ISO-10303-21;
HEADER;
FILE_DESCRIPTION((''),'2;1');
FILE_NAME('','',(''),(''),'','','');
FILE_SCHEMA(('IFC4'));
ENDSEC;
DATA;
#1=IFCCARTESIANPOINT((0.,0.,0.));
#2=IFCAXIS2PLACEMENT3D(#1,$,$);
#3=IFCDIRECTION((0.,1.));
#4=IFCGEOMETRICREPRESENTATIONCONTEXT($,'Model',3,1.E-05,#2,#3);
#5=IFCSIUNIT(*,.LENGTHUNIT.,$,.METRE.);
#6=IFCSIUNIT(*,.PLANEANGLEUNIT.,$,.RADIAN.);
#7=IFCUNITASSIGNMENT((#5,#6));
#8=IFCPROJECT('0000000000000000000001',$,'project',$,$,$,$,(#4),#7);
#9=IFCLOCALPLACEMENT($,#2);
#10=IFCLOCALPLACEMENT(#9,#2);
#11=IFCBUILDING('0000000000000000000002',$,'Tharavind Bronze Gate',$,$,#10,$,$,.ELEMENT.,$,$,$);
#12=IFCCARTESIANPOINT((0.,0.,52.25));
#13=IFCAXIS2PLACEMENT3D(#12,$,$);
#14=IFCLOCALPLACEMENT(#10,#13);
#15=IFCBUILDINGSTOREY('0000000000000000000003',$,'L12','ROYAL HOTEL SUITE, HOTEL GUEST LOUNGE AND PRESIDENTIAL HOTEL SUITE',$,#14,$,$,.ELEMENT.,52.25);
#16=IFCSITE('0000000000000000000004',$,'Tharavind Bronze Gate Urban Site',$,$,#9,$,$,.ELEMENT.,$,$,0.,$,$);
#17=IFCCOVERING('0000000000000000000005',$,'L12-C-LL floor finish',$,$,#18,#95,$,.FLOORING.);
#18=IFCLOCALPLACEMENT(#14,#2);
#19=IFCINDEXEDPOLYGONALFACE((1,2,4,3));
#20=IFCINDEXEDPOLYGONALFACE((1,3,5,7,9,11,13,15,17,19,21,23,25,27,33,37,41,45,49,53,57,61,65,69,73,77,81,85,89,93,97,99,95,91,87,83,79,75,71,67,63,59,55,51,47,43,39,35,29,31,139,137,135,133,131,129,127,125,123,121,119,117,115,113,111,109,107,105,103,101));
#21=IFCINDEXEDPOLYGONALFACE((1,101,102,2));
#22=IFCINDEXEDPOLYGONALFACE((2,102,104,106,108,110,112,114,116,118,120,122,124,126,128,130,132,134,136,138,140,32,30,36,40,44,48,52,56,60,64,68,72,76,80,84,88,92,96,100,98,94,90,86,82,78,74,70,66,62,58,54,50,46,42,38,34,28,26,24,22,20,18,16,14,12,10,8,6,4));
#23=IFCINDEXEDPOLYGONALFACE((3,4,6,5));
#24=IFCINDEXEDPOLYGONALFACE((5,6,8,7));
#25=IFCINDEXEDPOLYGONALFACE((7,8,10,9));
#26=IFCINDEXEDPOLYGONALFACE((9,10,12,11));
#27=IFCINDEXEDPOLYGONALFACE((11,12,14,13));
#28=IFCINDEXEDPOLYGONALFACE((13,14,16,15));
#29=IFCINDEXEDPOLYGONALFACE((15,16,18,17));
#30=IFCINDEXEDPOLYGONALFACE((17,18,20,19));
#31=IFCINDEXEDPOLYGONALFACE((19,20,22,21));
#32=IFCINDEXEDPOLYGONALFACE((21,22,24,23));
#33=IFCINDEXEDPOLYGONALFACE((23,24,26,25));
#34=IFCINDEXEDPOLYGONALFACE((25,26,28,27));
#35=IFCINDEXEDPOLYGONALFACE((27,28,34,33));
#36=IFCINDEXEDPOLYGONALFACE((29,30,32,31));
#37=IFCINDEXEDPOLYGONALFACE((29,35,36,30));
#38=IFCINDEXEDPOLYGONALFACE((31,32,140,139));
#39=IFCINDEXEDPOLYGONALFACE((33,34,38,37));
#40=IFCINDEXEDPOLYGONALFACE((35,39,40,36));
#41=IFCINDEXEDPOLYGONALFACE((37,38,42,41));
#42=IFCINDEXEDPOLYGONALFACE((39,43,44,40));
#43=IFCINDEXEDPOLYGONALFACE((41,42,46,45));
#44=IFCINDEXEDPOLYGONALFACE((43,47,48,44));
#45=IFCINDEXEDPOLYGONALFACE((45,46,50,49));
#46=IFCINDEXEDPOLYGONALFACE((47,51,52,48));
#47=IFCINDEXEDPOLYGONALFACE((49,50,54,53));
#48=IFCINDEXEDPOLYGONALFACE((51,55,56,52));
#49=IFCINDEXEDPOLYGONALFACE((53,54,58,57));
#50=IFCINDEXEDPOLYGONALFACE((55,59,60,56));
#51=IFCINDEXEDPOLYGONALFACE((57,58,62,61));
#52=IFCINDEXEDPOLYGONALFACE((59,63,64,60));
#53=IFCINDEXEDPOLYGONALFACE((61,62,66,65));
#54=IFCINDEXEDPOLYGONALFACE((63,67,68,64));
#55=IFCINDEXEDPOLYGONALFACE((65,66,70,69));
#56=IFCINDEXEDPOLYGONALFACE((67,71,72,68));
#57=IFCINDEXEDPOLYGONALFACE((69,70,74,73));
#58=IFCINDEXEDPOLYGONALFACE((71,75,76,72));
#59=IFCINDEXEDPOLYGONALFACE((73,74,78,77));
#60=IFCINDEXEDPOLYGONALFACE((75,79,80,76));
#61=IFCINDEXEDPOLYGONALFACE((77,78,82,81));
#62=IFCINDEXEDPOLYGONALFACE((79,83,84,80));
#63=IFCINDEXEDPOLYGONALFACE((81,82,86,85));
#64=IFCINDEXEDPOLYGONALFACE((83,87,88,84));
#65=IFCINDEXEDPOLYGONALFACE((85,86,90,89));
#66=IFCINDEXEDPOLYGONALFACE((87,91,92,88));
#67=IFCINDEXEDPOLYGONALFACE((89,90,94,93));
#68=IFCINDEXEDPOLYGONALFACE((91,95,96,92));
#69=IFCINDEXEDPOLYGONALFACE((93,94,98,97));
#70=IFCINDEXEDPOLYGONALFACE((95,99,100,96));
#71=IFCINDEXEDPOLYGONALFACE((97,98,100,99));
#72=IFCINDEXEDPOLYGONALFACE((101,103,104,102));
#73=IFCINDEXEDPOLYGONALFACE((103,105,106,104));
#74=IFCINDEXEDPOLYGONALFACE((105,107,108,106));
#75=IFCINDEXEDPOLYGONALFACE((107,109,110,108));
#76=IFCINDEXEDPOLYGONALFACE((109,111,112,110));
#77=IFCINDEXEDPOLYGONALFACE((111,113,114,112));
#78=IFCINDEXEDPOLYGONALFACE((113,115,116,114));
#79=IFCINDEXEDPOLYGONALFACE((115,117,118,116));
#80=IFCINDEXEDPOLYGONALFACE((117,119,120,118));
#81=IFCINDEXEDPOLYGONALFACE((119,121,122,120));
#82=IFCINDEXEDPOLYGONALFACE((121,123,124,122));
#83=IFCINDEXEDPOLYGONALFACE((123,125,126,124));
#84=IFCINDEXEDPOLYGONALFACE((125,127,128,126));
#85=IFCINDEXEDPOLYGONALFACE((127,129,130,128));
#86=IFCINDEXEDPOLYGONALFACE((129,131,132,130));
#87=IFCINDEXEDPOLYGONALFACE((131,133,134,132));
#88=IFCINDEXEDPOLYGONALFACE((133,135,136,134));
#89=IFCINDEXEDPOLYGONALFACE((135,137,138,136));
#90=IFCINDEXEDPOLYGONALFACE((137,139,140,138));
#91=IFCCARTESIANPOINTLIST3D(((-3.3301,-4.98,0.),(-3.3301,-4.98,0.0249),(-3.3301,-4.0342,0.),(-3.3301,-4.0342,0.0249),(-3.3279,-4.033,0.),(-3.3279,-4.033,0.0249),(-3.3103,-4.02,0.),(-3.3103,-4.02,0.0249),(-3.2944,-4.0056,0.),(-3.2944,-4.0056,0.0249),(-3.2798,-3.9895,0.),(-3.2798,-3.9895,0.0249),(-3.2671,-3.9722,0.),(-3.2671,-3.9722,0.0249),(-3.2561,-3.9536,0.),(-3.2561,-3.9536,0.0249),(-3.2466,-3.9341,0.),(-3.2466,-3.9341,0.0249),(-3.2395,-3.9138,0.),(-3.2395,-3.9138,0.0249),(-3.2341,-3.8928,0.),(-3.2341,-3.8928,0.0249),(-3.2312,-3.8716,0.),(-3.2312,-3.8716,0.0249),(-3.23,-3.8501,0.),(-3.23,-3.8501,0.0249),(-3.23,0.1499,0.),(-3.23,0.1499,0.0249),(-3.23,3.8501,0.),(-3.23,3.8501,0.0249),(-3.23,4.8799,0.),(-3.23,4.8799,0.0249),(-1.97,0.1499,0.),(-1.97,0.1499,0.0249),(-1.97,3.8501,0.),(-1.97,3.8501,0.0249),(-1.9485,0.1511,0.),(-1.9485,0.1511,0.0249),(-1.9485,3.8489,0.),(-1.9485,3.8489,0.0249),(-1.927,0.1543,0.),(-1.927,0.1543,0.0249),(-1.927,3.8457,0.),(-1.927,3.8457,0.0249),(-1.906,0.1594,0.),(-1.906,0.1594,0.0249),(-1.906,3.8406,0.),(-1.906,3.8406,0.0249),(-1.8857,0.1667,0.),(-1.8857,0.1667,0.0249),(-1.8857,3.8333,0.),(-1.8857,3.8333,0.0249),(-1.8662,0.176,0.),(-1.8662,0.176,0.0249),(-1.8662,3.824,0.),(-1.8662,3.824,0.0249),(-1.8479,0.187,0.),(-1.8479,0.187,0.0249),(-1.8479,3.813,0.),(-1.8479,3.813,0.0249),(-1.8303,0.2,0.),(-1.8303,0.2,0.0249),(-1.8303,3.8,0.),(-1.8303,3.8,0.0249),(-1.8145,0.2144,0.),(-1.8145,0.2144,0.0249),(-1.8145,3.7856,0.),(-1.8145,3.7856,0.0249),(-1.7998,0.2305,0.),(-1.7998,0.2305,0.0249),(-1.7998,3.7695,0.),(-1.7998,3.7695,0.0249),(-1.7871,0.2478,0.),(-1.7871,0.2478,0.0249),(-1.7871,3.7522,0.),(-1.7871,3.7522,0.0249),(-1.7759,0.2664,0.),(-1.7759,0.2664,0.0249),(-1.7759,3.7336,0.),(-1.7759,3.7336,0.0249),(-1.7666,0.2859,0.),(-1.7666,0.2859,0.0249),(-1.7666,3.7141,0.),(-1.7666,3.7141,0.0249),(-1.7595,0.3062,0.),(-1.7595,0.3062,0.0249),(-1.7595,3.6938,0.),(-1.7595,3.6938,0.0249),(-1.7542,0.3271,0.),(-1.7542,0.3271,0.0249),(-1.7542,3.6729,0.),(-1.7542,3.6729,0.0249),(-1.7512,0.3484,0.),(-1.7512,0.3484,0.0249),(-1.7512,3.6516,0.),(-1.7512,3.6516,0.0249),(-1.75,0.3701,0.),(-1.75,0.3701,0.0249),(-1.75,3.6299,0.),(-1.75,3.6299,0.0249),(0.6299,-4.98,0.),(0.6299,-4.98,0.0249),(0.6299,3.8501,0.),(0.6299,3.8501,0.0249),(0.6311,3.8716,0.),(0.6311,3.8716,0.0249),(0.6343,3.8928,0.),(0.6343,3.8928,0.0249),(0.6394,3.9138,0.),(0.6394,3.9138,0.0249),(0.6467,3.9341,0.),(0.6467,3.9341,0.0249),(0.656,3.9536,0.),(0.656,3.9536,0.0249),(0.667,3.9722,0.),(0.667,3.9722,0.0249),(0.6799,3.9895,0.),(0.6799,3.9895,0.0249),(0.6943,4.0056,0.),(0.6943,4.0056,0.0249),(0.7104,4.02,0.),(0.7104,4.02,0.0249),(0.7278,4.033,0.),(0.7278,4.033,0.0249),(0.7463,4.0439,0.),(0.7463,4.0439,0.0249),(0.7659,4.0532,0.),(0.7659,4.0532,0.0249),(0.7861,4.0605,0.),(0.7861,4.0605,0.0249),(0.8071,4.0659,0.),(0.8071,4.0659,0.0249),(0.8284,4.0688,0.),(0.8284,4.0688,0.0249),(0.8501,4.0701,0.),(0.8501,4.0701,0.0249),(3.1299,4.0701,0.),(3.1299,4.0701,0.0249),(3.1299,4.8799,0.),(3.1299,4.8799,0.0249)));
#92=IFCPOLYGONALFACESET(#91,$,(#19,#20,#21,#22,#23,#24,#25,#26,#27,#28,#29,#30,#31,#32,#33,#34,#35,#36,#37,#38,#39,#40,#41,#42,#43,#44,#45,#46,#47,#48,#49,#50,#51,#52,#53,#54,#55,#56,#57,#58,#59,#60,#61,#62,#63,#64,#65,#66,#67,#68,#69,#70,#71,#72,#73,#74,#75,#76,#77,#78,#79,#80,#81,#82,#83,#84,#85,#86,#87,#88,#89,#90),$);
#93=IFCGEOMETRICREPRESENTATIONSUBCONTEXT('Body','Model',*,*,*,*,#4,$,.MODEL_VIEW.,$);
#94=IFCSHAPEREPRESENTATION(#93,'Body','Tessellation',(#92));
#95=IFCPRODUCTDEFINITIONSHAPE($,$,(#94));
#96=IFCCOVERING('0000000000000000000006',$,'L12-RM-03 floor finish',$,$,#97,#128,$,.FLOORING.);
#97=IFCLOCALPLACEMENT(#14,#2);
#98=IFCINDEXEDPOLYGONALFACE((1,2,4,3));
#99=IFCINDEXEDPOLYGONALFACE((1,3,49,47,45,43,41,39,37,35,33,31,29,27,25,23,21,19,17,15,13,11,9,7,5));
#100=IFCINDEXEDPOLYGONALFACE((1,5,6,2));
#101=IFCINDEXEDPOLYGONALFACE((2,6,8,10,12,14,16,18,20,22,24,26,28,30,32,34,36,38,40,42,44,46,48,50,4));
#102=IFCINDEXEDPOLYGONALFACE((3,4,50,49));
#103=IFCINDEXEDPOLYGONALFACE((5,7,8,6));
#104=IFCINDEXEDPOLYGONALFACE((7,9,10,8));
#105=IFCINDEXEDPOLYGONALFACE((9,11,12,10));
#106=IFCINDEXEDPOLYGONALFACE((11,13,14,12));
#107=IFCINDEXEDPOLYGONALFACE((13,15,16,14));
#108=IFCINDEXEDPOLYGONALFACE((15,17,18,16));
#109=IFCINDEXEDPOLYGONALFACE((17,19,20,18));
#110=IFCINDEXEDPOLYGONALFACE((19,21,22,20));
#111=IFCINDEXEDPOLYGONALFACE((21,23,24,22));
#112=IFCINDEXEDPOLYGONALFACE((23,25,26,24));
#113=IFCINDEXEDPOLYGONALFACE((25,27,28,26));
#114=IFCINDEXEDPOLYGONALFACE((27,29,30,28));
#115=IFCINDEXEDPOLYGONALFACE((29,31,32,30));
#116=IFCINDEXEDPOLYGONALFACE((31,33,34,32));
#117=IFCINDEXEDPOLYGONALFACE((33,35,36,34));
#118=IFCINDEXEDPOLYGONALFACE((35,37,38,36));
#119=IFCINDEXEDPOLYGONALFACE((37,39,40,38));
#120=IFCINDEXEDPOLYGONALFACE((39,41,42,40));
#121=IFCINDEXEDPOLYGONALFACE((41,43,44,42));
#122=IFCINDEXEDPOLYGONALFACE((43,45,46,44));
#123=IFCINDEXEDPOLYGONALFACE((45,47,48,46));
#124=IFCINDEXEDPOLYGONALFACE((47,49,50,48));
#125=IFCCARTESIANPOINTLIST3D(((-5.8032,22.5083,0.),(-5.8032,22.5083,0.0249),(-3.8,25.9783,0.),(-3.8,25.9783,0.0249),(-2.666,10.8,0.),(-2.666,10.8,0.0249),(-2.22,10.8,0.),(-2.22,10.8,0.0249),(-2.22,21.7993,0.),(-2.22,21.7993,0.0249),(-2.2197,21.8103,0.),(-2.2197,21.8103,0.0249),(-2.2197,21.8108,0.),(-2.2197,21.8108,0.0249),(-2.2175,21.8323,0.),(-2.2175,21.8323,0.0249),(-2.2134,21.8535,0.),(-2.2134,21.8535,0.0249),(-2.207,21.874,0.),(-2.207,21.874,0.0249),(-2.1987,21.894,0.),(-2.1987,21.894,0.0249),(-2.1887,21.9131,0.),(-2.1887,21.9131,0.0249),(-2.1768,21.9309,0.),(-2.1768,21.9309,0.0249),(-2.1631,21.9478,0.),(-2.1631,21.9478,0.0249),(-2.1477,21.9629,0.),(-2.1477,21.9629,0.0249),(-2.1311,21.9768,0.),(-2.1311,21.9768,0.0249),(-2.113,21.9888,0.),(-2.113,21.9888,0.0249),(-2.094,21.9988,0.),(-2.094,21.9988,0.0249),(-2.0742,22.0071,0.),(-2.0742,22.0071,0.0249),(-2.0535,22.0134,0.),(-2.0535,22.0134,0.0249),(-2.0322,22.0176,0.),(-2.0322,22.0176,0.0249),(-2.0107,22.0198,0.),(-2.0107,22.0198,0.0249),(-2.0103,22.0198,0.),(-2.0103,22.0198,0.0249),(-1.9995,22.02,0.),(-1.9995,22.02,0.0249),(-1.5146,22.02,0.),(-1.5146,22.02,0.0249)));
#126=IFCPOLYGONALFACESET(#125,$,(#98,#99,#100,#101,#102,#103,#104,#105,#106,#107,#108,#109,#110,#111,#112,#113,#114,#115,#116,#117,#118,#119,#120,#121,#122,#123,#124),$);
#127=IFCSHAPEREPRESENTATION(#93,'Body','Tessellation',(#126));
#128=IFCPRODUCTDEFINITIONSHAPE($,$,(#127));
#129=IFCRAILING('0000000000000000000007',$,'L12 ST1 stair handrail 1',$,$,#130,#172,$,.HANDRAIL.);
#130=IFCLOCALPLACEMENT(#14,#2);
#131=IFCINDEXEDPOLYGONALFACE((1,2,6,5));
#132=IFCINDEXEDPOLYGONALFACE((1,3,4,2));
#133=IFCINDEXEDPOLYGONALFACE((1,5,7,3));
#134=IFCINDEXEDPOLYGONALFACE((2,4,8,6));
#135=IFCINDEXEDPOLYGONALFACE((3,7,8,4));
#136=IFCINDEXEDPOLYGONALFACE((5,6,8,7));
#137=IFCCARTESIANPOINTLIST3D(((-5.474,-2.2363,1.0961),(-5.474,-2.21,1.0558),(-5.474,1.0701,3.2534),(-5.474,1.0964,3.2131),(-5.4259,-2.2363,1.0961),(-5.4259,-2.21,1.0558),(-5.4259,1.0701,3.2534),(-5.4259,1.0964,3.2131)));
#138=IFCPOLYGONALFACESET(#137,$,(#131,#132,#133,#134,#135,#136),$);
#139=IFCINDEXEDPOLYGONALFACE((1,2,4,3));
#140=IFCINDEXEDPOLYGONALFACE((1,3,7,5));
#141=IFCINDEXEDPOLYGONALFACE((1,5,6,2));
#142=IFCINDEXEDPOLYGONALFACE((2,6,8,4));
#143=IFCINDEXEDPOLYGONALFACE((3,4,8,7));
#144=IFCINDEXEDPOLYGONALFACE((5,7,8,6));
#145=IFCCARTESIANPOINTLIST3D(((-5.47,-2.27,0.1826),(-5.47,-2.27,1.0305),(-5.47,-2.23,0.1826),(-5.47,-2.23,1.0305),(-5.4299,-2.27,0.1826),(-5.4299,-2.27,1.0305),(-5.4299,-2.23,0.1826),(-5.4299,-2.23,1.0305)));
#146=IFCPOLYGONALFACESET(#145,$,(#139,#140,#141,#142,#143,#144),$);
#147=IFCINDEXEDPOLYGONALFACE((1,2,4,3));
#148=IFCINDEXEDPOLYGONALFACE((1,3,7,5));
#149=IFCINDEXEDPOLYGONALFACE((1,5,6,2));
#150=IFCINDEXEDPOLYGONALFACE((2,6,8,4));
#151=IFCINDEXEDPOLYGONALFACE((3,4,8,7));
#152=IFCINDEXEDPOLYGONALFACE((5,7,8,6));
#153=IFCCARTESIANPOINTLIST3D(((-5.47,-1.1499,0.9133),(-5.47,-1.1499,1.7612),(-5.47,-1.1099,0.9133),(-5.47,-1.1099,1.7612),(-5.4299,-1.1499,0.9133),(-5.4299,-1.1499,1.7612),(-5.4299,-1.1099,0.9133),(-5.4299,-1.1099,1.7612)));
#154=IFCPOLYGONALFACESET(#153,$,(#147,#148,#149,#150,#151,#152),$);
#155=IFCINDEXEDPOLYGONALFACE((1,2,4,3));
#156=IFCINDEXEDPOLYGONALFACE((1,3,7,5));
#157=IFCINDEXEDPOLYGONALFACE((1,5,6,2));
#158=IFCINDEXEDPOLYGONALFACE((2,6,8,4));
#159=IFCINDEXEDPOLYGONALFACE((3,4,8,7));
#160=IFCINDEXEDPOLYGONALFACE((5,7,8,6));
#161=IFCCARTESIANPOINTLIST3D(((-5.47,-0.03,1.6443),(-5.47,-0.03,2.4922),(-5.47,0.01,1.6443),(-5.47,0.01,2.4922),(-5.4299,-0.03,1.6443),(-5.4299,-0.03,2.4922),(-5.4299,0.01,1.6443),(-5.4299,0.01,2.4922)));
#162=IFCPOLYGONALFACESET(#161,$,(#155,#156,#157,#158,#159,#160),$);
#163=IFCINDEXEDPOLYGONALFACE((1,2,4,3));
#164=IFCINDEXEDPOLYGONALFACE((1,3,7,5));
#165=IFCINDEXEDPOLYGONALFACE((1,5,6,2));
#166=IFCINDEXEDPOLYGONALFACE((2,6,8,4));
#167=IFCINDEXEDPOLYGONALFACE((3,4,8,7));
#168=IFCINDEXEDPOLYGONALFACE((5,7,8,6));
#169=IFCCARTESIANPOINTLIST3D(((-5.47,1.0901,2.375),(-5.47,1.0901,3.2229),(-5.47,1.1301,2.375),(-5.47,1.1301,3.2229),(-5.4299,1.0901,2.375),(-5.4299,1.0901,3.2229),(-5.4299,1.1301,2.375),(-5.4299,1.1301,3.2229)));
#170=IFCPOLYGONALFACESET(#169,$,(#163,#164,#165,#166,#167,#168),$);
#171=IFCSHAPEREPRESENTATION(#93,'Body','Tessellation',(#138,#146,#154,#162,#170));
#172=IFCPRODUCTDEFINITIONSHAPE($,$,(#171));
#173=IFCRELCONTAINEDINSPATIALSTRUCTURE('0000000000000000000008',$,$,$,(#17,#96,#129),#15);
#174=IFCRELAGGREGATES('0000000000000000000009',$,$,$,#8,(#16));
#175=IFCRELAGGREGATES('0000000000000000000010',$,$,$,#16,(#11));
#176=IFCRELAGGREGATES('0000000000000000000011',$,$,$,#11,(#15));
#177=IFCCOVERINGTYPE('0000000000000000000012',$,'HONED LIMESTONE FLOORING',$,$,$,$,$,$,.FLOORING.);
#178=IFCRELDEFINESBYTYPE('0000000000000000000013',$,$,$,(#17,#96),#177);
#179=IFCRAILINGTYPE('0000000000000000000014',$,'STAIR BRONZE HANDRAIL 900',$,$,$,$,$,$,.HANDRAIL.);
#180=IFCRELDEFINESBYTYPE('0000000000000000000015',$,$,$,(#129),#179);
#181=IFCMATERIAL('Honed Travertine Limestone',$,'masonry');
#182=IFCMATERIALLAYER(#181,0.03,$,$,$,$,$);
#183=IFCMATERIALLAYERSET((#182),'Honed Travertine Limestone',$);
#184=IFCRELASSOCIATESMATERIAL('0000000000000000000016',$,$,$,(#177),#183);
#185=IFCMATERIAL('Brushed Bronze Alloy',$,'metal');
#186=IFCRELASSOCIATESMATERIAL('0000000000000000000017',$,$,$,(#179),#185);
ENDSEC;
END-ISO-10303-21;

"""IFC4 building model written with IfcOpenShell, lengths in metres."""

from ifc_helpers import new_model, si_unit, direction, frame, origin, origin_2d, place, context, subcontext, project, spatial, polyline, rectangle, outline, extrude, material, layer, layer_set, type_object, element, save


model = new_model("IFC4")

# Units and contexts
model_context = context("Model", 3, precision=1e-05, world=origin(), true_north=direction((0.0, 1.0)))
body_context = subcontext(model_context, "Body", "Model", "MODEL_VIEW")
ifc_project = project(units=[si_unit("LENGTHUNIT", "METRE"), si_unit("PLANEANGLEUNIT", "RADIAN")], contexts=[model_context])

# Site, building, storey
site_placement = place(None, origin())
site = spatial("IfcSite", under=ifc_project, at=site_placement, Name="Tharavind Bronze Gate Urban Site", CompositionType="ELEMENT", RefElevation=0.0)
building_placement = place(site_placement, origin())
building = spatial("IfcBuilding", under=site, at=building_placement, Name="Tharavind Bronze Gate", CompositionType="ELEMENT")
storey_placement = place(building_placement, frame((0.0, 0.0, 52.25)))
storey = spatial("IfcBuildingStorey", under=building, at=storey_placement, Name="L12", Description="ROYAL HOTEL SUITE, HOTEL GUEST LOUNGE AND PRESIDENTIAL HOTEL SUITE", CompositionType="ELEMENT", Elevation=52.25)

# Coverings
ifc_material_1 = material(Name="Honed Travertine Limestone", Category="masonry")
ifc_layer_1 = layer(ifc_material_1, 0.03)
ifc_layer_set_1 = layer_set([ifc_layer_1], Name="Honed Travertine Limestone")
covering_type_1 = type_object("IfcCoveringType", Name="HONED LIMESTONE FLOORING", PredefinedType="FLOORING", material=ifc_layer_set_1)
covering_1_placement = place(storey_placement, origin())
element("IfcCovering", 1, at=covering_1_placement, inside=storey, type_object=covering_type_1, Name="L12-C-LL floor finish", PredefinedType="FLOORING", context=body_context, shape_type="SweptSolid", body=[
    extrude(outline(polyline([(-3.3301, -4.98), (0.6299, -4.98), (0.6299, 3.8501), (0.6311, 3.8716), (0.6343, 3.8928), (0.6394, 3.9138), (0.6467, 3.9341), (0.656, 3.9536), (0.667, 3.9722), (0.6799, 3.9895), (0.6943, 4.0056), (0.7104, 4.02), (0.7278, 4.033), (0.7463, 4.0439), (0.7659, 4.0532), (0.7861, 4.0605), (0.8071, 4.0659), (0.8284, 4.0688), (0.8501, 4.0701), (3.1299, 4.0701), (3.1299, 4.8799), (-3.23, 4.8799), (-3.23, 3.8501), (-1.97, 3.8501), (-1.9485, 3.8489), (-1.927, 3.8457), (-1.906, 3.8406), (-1.8857, 3.8333), (-1.8662, 3.824), (-1.8479, 3.813), (-1.8303, 3.8), (-1.8145, 3.7856), (-1.7998, 3.7695), (-1.7871, 3.7522), (-1.7759, 3.7336), (-1.7666, 3.7141), (-1.7595, 3.6938), (-1.7542, 3.6729), (-1.7512, 3.6516), (-1.75, 3.6299), (-1.75, 0.3701), (-1.7512, 0.3484), (-1.7542, 0.3271), (-1.7595, 0.3062), (-1.7666, 0.2859), (-1.7759, 0.2664), (-1.7871, 0.2478), (-1.7998, 0.2305), (-1.8145, 0.2144), (-1.8303, 0.2), (-1.8479, 0.187), (-1.8662, 0.176), (-1.8857, 0.1667), (-1.906, 0.1594), (-1.927, 0.1543), (-1.9485, 0.1511), (-1.97, 0.1499), (-3.23, 0.1499), (-3.23, -3.8501), (-3.2312, -3.8716), (-3.2341, -3.8928), (-3.2395, -3.9138), (-3.2466, -3.9341), (-3.2561, -3.9536), (-3.2671, -3.9722), (-3.2798, -3.9895), (-3.2944, -4.0056), (-3.3103, -4.02), (-3.3279, -4.033), (-3.3301, -4.0342), (-3.3301, -4.98)])), origin(), (0.0, 0.0, 1.0), 0.0249),
])
covering_2_placement = place(storey_placement, origin())
element("IfcCovering", 2, at=covering_2_placement, inside=storey, type_object=covering_type_1, Name="L12-RM-03 floor finish", PredefinedType="FLOORING", context=body_context, shape_type="SweptSolid", body=[
    extrude(outline(polyline([(-2.666, 10.8), (-2.22, 10.8), (-2.22, 21.7993), (-2.2197, 21.8103), (-2.2197, 21.8108), (-2.2175, 21.8323), (-2.2134, 21.8535), (-2.207, 21.874), (-2.1987, 21.894), (-2.1887, 21.9131), (-2.1768, 21.9309), (-2.1631, 21.9478), (-2.1477, 21.9629), (-2.1311, 21.9768), (-2.113, 21.9888), (-2.094, 21.9988), (-2.0742, 22.0071), (-2.0535, 22.0134), (-2.0322, 22.0176), (-2.0107, 22.0198), (-2.0103, 22.0198), (-1.9995, 22.02), (-1.5146, 22.02), (-3.8, 25.9783), (-5.8032, 22.5083), (-2.666, 10.8)])), origin(), (0.0, 0.0, 1.0), 0.0249),
])

# Railing
ifc_material_2 = material(Name="Brushed Bronze Alloy", Category="metal")
railing_type_1 = type_object("IfcRailingType", Name="STAIR BRONZE HANDRAIL 900", PredefinedType="HANDRAIL", material=ifc_material_2)
railing_1_placement = place(storey_placement, frame((-5.45, -2.25, 0.1826)))
element("IfcRailing", 3, at=railing_1_placement, inside=storey, type_object=railing_type_1, Name="L12 ST1 stair handrail 1", PredefinedType="HANDRAIL", context=body_context, shape_type="SweptSolid", body=[
    extrude(rectangle(XDim=0.0481, YDim=0.0481, at=origin_2d()), frame((0.0, 0.0269, 0.8933), z_axis=(0.0, 0.837496, 0.546444), x_axis=(-1.0, 0.0, 0.0)), (0.0, 0.0, 1.0), 3.948),
    extrude(rectangle(XDim=0.04, YDim=0.04, at=origin_2d()), origin(), (0.0, 0.0, 1.0), 0.8479),
    extrude(rectangle(XDim=0.04, YDim=0.04, at=origin_2d()), frame((0.0, 1.1201, 0.7307)), (0.0, 0.0, 1.0), 0.8479),
    extrude(rectangle(XDim=0.04, YDim=0.04, at=origin_2d()), frame((0.0, 2.24, 1.4617)), (0.0, 0.0, 1.0), 0.8479),
    extrude(rectangle(XDim=0.04, YDim=0.04, at=origin_2d()), frame((0.0, 3.3601, 2.1924)), (0.0, 0.0, 1.0), 0.8479),
])

save(model, "model.ifc")
